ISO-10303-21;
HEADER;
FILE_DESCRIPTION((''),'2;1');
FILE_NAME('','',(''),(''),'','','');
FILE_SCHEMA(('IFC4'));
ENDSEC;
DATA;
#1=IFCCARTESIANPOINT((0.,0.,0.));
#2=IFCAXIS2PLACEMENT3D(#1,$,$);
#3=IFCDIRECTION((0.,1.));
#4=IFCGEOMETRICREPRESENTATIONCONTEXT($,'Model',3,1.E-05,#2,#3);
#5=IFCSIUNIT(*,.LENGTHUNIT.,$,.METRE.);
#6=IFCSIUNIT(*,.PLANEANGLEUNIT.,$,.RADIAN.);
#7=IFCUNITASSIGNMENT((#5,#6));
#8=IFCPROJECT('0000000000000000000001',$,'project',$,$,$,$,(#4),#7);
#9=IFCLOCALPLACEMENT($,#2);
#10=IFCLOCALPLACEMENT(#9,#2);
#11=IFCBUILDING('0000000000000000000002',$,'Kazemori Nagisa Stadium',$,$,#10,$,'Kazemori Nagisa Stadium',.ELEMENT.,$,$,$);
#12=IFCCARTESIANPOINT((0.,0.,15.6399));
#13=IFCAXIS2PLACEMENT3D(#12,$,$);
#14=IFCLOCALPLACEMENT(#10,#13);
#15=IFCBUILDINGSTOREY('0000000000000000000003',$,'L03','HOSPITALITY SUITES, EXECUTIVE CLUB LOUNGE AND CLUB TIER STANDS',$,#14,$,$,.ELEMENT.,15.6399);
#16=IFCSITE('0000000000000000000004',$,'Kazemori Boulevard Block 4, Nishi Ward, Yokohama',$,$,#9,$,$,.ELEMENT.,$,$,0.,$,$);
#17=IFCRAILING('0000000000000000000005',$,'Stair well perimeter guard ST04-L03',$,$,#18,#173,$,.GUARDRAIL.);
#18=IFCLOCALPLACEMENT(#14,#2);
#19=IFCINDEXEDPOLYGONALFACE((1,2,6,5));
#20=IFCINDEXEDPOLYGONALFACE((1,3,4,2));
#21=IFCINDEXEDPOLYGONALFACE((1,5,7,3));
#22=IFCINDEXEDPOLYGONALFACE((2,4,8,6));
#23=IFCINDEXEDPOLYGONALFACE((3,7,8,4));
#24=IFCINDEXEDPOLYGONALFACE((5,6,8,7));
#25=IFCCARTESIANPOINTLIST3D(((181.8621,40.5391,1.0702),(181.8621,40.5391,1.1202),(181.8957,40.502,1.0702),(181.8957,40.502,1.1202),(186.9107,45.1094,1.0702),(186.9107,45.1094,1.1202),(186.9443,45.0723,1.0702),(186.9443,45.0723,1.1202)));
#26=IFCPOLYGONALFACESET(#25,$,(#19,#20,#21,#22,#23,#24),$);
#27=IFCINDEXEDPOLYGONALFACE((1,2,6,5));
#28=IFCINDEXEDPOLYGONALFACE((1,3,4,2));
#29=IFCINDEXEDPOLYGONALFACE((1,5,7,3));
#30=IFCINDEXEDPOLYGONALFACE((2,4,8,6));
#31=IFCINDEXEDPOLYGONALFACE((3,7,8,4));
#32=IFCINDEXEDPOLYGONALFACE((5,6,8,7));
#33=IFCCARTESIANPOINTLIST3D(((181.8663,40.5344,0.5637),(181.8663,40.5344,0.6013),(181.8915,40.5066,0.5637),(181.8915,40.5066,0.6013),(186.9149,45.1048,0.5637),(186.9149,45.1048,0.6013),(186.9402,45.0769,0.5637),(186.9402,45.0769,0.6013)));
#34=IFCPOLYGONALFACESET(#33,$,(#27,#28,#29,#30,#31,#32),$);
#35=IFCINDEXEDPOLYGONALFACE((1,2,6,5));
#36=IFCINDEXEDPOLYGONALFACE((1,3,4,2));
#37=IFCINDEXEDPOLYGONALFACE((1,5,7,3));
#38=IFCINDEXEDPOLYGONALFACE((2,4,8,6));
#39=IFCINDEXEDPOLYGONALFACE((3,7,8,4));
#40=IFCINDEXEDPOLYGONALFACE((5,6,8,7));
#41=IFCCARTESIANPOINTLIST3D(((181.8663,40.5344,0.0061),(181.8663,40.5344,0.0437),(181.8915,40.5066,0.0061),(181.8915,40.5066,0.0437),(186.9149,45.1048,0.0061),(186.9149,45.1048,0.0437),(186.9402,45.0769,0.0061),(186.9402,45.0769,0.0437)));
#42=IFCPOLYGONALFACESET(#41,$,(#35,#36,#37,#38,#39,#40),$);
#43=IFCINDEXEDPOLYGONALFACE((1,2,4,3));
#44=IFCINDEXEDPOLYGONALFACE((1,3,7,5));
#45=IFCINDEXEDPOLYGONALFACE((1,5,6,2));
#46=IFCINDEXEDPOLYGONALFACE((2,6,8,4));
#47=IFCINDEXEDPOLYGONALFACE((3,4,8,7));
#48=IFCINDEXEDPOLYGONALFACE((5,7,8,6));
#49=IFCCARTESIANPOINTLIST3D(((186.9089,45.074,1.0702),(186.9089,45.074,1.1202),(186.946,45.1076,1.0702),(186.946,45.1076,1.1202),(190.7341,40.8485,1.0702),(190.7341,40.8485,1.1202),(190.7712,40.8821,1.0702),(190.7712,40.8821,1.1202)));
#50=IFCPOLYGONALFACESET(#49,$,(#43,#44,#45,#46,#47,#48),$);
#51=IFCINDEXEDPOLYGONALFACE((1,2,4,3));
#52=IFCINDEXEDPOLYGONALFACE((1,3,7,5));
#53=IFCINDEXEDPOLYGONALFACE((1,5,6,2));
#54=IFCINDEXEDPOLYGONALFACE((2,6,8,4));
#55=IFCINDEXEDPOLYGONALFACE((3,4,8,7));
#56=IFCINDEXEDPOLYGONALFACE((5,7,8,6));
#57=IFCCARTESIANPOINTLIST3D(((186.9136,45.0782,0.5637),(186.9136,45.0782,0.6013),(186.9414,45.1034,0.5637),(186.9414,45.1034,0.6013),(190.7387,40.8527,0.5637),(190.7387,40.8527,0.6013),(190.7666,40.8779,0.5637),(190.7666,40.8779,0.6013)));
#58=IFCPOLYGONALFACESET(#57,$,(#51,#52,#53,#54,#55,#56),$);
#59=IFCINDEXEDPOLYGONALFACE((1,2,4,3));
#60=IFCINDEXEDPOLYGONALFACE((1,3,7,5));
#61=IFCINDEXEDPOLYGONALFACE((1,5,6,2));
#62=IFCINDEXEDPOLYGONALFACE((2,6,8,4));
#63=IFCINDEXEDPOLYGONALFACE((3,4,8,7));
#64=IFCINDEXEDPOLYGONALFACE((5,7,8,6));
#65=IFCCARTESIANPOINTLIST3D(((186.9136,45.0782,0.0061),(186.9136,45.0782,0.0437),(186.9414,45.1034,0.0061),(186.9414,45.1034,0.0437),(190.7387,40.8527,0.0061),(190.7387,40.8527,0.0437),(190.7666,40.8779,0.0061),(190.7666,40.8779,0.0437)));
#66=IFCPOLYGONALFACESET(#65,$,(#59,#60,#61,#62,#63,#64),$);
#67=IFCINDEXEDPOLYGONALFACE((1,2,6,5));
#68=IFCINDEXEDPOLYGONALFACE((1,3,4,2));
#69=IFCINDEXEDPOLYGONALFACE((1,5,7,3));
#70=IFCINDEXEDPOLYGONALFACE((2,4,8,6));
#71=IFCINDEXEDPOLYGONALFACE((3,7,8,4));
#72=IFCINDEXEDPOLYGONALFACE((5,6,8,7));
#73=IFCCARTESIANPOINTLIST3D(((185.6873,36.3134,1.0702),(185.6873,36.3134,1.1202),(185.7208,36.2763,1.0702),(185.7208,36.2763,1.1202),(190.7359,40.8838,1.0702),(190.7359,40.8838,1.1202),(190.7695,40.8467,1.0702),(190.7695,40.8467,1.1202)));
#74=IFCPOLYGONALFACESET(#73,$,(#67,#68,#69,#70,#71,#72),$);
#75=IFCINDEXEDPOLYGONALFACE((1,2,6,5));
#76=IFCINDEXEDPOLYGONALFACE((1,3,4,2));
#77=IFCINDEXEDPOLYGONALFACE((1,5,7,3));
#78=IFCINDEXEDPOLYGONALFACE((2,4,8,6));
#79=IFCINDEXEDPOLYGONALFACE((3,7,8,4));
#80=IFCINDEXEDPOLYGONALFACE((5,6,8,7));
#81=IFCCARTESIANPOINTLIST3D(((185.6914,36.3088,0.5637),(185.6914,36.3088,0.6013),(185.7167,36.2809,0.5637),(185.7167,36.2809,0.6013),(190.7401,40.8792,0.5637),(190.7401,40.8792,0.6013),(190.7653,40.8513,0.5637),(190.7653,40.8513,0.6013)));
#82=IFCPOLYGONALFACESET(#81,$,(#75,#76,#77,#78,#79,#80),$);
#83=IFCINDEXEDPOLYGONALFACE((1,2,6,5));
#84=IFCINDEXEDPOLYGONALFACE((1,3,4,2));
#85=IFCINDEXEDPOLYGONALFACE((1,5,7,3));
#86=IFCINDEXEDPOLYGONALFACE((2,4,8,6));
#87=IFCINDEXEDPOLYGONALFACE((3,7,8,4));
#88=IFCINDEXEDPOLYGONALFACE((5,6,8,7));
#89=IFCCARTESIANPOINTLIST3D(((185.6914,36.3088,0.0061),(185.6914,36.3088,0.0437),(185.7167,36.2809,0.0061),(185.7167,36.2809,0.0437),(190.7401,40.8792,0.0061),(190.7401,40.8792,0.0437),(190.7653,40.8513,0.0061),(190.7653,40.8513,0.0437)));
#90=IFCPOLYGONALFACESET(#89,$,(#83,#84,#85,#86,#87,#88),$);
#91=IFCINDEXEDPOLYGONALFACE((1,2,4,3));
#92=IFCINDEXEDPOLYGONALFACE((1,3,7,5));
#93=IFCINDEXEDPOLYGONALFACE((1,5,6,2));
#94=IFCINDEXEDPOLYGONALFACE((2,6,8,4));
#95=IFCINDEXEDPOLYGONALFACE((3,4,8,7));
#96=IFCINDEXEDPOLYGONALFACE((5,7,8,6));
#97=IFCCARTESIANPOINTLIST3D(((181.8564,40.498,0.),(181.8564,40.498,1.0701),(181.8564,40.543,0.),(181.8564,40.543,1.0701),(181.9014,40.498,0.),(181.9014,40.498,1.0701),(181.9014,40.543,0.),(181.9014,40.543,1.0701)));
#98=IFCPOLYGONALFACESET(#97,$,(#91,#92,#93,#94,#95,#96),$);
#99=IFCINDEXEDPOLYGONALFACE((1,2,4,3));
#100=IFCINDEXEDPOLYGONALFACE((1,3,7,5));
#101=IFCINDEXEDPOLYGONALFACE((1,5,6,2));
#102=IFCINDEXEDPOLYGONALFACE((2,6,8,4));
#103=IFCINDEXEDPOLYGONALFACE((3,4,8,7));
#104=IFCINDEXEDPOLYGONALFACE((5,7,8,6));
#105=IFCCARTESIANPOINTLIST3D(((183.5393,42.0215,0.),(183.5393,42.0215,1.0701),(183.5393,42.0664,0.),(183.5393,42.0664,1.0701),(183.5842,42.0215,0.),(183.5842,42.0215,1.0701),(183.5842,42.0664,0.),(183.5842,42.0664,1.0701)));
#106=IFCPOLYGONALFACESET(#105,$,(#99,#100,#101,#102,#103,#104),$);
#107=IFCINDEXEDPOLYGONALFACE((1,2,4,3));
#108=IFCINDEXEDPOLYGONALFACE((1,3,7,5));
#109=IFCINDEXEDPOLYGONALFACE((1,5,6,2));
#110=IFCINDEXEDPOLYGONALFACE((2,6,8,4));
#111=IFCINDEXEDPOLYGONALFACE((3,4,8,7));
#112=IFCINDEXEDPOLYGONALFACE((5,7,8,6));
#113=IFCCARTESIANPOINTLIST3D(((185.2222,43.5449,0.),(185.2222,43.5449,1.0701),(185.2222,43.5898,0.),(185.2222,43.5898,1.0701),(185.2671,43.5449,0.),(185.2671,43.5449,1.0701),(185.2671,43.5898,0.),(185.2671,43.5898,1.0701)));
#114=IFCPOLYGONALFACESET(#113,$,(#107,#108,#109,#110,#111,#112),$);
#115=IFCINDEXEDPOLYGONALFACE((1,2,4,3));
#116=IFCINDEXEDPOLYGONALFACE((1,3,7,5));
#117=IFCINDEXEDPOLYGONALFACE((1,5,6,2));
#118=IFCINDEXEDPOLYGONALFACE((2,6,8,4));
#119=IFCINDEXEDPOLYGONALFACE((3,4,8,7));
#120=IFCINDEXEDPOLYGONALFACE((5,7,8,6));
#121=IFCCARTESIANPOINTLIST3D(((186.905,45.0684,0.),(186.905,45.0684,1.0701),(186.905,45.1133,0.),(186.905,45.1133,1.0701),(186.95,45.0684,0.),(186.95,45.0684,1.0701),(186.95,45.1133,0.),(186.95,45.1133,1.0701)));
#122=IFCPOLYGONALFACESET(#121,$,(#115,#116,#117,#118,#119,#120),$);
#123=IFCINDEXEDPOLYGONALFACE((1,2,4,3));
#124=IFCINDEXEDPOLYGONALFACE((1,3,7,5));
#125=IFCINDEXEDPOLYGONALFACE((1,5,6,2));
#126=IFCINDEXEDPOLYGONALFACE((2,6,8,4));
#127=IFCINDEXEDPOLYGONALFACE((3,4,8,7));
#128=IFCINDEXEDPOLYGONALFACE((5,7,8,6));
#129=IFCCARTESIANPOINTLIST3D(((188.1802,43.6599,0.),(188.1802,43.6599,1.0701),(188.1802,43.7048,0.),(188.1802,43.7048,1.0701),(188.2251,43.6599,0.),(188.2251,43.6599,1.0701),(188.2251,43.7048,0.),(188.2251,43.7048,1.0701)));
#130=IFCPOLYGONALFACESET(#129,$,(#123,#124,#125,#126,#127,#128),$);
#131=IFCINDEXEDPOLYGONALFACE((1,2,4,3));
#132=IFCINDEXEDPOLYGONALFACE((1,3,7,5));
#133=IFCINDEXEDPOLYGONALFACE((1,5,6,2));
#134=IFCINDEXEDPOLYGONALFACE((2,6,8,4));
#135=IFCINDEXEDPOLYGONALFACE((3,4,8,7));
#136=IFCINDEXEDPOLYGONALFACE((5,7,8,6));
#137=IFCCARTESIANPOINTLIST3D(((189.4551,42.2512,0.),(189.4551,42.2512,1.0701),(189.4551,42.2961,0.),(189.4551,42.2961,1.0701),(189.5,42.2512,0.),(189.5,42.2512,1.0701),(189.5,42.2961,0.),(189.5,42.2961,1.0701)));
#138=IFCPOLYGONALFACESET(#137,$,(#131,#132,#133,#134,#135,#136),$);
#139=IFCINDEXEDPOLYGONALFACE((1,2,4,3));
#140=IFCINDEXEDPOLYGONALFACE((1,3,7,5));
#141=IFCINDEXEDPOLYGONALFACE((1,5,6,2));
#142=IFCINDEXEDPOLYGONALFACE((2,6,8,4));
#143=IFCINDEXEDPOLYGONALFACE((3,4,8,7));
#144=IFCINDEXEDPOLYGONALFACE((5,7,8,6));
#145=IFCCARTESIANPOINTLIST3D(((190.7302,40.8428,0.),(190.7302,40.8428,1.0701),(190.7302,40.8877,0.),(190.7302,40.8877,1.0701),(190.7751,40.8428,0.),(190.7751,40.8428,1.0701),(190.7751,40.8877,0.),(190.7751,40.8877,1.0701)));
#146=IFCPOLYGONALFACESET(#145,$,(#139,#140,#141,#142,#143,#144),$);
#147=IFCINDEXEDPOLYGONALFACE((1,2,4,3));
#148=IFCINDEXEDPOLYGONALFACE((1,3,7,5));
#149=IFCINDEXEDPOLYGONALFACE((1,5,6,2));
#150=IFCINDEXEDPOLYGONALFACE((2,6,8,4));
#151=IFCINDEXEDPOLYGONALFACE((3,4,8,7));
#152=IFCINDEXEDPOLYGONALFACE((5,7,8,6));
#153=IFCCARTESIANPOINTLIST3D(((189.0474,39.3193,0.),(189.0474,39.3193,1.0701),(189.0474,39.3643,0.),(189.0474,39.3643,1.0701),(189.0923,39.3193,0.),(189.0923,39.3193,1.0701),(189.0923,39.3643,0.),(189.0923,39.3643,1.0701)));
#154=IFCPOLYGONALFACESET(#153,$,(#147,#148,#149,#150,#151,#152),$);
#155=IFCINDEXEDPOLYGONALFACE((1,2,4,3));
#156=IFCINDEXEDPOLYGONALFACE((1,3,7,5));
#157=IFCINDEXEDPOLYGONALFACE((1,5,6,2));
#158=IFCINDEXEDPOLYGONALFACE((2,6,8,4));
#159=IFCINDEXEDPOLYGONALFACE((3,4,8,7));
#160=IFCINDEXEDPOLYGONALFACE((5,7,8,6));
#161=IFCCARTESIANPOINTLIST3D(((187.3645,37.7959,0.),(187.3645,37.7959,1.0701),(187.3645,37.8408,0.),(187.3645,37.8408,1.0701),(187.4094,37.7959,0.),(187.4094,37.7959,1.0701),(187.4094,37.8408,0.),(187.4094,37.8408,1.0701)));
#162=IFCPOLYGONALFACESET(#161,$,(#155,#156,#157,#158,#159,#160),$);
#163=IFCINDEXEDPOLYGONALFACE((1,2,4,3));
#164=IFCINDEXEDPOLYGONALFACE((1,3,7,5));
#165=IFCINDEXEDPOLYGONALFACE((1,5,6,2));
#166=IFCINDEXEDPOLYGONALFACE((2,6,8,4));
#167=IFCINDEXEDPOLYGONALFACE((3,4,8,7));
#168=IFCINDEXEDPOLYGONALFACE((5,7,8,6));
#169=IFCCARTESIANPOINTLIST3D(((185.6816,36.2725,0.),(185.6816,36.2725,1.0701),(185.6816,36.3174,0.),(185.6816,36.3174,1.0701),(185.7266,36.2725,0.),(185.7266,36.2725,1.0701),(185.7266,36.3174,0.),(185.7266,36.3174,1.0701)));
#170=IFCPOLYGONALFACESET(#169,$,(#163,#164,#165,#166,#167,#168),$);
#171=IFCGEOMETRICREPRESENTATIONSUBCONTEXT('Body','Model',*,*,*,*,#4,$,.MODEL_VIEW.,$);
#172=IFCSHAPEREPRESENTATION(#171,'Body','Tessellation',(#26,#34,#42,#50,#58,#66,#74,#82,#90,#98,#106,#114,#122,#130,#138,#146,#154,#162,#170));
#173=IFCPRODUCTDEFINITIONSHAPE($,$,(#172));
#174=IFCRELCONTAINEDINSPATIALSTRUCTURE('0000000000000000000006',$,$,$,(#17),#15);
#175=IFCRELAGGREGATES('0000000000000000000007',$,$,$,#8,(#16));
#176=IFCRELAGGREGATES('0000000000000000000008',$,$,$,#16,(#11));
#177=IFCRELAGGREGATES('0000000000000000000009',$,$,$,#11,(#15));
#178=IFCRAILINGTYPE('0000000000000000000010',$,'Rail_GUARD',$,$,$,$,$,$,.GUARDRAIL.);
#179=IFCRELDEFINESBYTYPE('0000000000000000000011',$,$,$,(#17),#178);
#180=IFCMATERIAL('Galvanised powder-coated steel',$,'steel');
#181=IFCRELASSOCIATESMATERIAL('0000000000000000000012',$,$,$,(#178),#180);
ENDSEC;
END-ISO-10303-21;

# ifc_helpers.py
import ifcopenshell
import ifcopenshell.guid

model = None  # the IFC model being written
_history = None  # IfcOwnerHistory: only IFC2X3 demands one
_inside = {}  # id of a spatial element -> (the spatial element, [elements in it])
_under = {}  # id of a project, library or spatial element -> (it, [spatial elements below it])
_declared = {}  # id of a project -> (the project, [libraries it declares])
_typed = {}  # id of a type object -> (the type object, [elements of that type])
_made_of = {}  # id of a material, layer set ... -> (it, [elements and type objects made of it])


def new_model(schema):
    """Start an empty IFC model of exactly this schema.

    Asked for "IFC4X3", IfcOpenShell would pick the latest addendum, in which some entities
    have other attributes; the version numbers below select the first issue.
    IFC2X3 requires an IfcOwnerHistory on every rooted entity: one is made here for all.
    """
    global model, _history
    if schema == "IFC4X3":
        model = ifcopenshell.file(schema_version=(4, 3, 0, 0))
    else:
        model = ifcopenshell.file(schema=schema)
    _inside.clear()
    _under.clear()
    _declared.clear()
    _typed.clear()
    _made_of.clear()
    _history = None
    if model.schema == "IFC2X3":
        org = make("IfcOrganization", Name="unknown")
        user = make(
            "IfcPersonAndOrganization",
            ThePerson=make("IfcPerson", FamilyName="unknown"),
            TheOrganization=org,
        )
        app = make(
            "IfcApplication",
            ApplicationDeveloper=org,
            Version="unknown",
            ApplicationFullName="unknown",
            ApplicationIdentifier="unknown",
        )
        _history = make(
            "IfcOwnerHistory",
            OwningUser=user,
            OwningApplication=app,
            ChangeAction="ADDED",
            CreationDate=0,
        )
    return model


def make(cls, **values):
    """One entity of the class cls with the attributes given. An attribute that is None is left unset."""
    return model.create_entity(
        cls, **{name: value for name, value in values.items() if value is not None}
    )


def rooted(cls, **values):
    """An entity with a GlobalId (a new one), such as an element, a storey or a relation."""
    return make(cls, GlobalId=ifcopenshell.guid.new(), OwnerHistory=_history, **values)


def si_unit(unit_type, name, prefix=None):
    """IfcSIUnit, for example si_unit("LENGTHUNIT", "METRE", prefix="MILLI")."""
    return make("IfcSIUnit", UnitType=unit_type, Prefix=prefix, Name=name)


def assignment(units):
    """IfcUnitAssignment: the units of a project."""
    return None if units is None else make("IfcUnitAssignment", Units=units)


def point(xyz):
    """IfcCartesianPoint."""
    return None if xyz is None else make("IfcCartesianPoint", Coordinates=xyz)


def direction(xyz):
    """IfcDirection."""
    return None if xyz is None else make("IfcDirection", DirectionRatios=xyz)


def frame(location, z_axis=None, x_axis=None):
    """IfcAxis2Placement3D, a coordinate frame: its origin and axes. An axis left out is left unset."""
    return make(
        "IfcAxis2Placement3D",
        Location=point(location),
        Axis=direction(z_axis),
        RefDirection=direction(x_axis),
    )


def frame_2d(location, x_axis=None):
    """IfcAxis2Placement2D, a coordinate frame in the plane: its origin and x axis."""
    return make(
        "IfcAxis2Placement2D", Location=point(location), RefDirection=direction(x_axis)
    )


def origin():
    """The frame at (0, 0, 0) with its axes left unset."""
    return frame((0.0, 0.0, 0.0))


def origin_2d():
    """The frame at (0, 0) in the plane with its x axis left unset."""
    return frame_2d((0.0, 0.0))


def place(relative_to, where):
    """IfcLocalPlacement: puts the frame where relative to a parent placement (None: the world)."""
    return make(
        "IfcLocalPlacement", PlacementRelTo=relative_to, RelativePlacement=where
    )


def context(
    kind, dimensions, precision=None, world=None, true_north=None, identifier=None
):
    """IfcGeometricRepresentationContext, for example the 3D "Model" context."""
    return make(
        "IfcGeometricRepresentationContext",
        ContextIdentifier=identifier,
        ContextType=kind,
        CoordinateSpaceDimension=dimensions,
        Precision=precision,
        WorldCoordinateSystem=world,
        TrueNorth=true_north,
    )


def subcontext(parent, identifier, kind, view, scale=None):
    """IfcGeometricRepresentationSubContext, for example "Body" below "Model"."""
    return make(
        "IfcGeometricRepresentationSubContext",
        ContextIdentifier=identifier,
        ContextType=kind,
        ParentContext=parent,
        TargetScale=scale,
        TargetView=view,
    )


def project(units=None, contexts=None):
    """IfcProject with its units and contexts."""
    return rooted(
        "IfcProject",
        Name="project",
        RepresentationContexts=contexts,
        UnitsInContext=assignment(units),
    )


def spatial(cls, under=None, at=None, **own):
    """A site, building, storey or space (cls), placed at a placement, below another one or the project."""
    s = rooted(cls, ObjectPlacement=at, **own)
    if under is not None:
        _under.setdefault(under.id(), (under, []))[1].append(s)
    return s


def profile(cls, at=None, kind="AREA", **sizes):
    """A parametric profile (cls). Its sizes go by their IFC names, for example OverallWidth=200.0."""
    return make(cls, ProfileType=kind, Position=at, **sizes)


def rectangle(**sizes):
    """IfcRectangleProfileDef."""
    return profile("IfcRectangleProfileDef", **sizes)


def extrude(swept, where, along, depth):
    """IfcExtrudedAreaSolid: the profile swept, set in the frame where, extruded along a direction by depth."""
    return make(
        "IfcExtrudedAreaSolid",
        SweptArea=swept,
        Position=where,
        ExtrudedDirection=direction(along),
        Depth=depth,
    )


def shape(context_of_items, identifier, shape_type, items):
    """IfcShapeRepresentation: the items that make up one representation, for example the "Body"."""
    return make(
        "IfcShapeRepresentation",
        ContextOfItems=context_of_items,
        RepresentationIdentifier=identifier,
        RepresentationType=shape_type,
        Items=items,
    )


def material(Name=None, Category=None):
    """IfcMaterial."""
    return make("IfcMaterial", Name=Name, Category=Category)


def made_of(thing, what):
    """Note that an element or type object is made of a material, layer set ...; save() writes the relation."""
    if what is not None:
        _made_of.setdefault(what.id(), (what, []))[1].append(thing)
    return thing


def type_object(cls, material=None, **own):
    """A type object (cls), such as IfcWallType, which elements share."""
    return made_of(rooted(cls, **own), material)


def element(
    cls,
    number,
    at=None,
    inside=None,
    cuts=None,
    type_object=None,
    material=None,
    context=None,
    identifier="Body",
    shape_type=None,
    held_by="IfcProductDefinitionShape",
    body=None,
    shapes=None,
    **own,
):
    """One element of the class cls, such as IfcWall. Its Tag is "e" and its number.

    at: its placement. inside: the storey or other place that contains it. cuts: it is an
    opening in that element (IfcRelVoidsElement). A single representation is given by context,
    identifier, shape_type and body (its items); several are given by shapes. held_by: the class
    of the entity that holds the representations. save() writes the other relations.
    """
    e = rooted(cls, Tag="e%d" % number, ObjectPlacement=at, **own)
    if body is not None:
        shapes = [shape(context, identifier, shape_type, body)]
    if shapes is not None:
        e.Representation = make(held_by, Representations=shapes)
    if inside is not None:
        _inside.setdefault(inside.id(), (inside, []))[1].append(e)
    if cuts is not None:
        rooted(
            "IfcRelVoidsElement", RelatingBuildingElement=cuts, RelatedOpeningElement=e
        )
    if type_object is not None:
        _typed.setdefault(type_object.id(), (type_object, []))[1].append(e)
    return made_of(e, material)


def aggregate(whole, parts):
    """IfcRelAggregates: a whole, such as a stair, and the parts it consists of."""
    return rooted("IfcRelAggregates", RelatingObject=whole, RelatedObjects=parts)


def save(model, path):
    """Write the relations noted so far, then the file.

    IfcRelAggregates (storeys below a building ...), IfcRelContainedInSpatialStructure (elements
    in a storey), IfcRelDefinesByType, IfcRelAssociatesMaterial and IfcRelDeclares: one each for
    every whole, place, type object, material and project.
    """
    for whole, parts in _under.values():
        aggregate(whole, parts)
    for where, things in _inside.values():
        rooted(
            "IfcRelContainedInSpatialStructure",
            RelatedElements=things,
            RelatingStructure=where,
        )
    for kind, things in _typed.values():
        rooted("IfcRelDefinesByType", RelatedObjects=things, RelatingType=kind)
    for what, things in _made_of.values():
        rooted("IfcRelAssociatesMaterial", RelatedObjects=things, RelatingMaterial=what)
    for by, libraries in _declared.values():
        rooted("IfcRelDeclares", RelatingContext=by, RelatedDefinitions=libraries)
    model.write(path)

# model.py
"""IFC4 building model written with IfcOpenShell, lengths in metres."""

from ifc_helpers import new_model, si_unit, direction, frame, origin, origin_2d, place, context, subcontext, project, spatial, rectangle, extrude, material, type_object, element, save


model = new_model("IFC4")

# Units and contexts
model_context = context("Model", 3, precision=1e-05, world=origin(), true_north=direction((0.0, 1.0)))
body_context = subcontext(model_context, "Body", "Model", "MODEL_VIEW")
ifc_project = project(units=[si_unit("LENGTHUNIT", "METRE"), si_unit("PLANEANGLEUNIT", "RADIAN")], contexts=[model_context])

# Site, building, storey
site_placement = place(None, origin())
site = spatial("IfcSite", under=ifc_project, at=site_placement, Name="Kazemori Boulevard Block 4, Nishi Ward, Yokohama", CompositionType="ELEMENT", RefElevation=0.0)
building_placement = place(site_placement, origin())
building = spatial("IfcBuilding", under=site, at=building_placement, Name="Kazemori Nagisa Stadium", LongName="Kazemori Nagisa Stadium", CompositionType="ELEMENT")
storey_placement = place(building_placement, frame((0.0, 0.0, 15.6399)))
storey = spatial("IfcBuildingStorey", under=building, at=storey_placement, Name="L03", Description="HOSPITALITY SUITES, EXECUTIVE CLUB LOUNGE AND CLUB TIER STANDS", CompositionType="ELEMENT", Elevation=15.6399)

# Railing
ifc_material_1 = material(Name="Galvanised powder-coated steel", Category="steel")
railing_type_1 = type_object("IfcRailingType", Name="Rail_GUARD", PredefinedType="GUARDRAIL", material=ifc_material_1)
railing_1_placement = place(storey_placement, frame((181.8789, 40.5205, 0.0)))
element("IfcRailing", 1, at=railing_1_placement, inside=storey, type_object=railing_type_1, Name="Stair well perimeter guard ST04-L03", PredefinedType="GUARDRAIL", context=body_context, shape_type="SweptSolid", body=[
    extrude(rectangle(XDim=0.05, YDim=0.05, at=origin_2d()), frame((0.0, 0.0, 1.0952), z_axis=(0.74135, 0.671119, 0.0), x_axis=(-0.671119, 0.74135, 0.0)), (0.0, 0.0, 1.0), 6.8101),
    extrude(rectangle(XDim=0.0376, YDim=0.0376, at=origin_2d()), frame((0.0, 0.0, 0.5825), z_axis=(0.74135, 0.671119, 0.0), x_axis=(-0.671119, 0.74135, 0.0)), (0.0, 0.0, 1.0), 6.8101),
    extrude(rectangle(XDim=0.0376, YDim=0.0376, at=origin_2d()), frame((0.0, 0.0, 0.0249), z_axis=(0.74135, 0.671119, 0.0), x_axis=(-0.671119, 0.74135, 0.0)), (0.0, 0.0, 1.0), 6.8101),
    extrude(rectangle(XDim=0.05, YDim=0.05, at=origin_2d()), frame((5.0486, 4.5703, 1.0952), z_axis=(0.671111, -0.741357, 0.0), x_axis=(0.741357, 0.671111, 0.0)), (0.0, 0.0, 1.0), 5.6997),
    extrude(rectangle(XDim=0.0376, YDim=0.0376, at=origin_2d()), frame((5.0486, 4.5703, 0.5825), z_axis=(0.671111, -0.741357, 0.0), x_axis=(0.741357, 0.671111, 0.0)), (0.0, 0.0, 1.0), 5.6997),
    extrude(rectangle(XDim=0.0376, YDim=0.0376, at=origin_2d()), frame((5.0486, 4.5703, 0.0249), z_axis=(0.671111, -0.741357, 0.0), x_axis=(0.741357, 0.671111, 0.0)), (0.0, 0.0, 1.0), 5.6997),
    extrude(rectangle(XDim=0.05, YDim=0.05, at=origin_2d()), frame((8.8738, 0.3447, 1.0952), z_axis=(-0.74135, -0.671119, 0.0), x_axis=(0.671119, -0.74135, 0.0)), (0.0, 0.0, 1.0), 6.8101),
    extrude(rectangle(XDim=0.0376, YDim=0.0376, at=origin_2d()), frame((8.8738, 0.3447, 0.5825), z_axis=(-0.74135, -0.671119, 0.0), x_axis=(0.671119, -0.74135, 0.0)), (0.0, 0.0, 1.0), 6.8101),
    extrude(rectangle(XDim=0.0376, YDim=0.0376, at=origin_2d()), frame((8.8738, 0.3447, 0.0249), z_axis=(-0.74135, -0.671119, 0.0), x_axis=(0.671119, -0.74135, 0.0)), (0.0, 0.0, 1.0), 6.8101),
    extrude(rectangle(XDim=0.0449, YDim=0.0449, at=origin_2d()), origin(), (0.0, 0.0, 1.0), 1.0701),
    extrude(rectangle(XDim=0.0449, YDim=0.0449, at=origin_2d()), frame((1.6829, 1.5234, 0.0)), (0.0, 0.0, 1.0), 1.0701),
    extrude(rectangle(XDim=0.0449, YDim=0.0449, at=origin_2d()), frame((3.3657, 3.0469, 0.0)), (0.0, 0.0, 1.0), 1.0701),
    extrude(rectangle(XDim=0.0449, YDim=0.0449, at=origin_2d()), frame((5.0486, 4.5703, 0.0)), (0.0, 0.0, 1.0), 1.0701),
    extrude(rectangle(XDim=0.0449, YDim=0.0449, at=origin_2d()), frame((6.3237, 3.1619, 0.0)), (0.0, 0.0, 1.0), 1.0701),
    extrude(rectangle(XDim=0.0449, YDim=0.0449, at=origin_2d()), frame((7.5986, 1.7532, 0.0)), (0.0, 0.0, 1.0), 1.0701),
    extrude(rectangle(XDim=0.0449, YDim=0.0449, at=origin_2d()), frame((8.8738, 0.3447, 0.0)), (0.0, 0.0, 1.0), 1.0701),
    extrude(rectangle(XDim=0.0449, YDim=0.0449, at=origin_2d()), frame((7.1909, -1.1787, 0.0)), (0.0, 0.0, 1.0), 1.0701),
    extrude(rectangle(XDim=0.0449, YDim=0.0449, at=origin_2d()), frame((5.5081, -2.7021, 0.0)), (0.0, 0.0, 1.0), 1.0701),
    extrude(rectangle(XDim=0.0449, YDim=0.0449, at=origin_2d()), frame((3.8252, -4.2256, 0.0)), (0.0, 0.0, 1.0), 1.0701),
])

save(model, "model.ifc")
